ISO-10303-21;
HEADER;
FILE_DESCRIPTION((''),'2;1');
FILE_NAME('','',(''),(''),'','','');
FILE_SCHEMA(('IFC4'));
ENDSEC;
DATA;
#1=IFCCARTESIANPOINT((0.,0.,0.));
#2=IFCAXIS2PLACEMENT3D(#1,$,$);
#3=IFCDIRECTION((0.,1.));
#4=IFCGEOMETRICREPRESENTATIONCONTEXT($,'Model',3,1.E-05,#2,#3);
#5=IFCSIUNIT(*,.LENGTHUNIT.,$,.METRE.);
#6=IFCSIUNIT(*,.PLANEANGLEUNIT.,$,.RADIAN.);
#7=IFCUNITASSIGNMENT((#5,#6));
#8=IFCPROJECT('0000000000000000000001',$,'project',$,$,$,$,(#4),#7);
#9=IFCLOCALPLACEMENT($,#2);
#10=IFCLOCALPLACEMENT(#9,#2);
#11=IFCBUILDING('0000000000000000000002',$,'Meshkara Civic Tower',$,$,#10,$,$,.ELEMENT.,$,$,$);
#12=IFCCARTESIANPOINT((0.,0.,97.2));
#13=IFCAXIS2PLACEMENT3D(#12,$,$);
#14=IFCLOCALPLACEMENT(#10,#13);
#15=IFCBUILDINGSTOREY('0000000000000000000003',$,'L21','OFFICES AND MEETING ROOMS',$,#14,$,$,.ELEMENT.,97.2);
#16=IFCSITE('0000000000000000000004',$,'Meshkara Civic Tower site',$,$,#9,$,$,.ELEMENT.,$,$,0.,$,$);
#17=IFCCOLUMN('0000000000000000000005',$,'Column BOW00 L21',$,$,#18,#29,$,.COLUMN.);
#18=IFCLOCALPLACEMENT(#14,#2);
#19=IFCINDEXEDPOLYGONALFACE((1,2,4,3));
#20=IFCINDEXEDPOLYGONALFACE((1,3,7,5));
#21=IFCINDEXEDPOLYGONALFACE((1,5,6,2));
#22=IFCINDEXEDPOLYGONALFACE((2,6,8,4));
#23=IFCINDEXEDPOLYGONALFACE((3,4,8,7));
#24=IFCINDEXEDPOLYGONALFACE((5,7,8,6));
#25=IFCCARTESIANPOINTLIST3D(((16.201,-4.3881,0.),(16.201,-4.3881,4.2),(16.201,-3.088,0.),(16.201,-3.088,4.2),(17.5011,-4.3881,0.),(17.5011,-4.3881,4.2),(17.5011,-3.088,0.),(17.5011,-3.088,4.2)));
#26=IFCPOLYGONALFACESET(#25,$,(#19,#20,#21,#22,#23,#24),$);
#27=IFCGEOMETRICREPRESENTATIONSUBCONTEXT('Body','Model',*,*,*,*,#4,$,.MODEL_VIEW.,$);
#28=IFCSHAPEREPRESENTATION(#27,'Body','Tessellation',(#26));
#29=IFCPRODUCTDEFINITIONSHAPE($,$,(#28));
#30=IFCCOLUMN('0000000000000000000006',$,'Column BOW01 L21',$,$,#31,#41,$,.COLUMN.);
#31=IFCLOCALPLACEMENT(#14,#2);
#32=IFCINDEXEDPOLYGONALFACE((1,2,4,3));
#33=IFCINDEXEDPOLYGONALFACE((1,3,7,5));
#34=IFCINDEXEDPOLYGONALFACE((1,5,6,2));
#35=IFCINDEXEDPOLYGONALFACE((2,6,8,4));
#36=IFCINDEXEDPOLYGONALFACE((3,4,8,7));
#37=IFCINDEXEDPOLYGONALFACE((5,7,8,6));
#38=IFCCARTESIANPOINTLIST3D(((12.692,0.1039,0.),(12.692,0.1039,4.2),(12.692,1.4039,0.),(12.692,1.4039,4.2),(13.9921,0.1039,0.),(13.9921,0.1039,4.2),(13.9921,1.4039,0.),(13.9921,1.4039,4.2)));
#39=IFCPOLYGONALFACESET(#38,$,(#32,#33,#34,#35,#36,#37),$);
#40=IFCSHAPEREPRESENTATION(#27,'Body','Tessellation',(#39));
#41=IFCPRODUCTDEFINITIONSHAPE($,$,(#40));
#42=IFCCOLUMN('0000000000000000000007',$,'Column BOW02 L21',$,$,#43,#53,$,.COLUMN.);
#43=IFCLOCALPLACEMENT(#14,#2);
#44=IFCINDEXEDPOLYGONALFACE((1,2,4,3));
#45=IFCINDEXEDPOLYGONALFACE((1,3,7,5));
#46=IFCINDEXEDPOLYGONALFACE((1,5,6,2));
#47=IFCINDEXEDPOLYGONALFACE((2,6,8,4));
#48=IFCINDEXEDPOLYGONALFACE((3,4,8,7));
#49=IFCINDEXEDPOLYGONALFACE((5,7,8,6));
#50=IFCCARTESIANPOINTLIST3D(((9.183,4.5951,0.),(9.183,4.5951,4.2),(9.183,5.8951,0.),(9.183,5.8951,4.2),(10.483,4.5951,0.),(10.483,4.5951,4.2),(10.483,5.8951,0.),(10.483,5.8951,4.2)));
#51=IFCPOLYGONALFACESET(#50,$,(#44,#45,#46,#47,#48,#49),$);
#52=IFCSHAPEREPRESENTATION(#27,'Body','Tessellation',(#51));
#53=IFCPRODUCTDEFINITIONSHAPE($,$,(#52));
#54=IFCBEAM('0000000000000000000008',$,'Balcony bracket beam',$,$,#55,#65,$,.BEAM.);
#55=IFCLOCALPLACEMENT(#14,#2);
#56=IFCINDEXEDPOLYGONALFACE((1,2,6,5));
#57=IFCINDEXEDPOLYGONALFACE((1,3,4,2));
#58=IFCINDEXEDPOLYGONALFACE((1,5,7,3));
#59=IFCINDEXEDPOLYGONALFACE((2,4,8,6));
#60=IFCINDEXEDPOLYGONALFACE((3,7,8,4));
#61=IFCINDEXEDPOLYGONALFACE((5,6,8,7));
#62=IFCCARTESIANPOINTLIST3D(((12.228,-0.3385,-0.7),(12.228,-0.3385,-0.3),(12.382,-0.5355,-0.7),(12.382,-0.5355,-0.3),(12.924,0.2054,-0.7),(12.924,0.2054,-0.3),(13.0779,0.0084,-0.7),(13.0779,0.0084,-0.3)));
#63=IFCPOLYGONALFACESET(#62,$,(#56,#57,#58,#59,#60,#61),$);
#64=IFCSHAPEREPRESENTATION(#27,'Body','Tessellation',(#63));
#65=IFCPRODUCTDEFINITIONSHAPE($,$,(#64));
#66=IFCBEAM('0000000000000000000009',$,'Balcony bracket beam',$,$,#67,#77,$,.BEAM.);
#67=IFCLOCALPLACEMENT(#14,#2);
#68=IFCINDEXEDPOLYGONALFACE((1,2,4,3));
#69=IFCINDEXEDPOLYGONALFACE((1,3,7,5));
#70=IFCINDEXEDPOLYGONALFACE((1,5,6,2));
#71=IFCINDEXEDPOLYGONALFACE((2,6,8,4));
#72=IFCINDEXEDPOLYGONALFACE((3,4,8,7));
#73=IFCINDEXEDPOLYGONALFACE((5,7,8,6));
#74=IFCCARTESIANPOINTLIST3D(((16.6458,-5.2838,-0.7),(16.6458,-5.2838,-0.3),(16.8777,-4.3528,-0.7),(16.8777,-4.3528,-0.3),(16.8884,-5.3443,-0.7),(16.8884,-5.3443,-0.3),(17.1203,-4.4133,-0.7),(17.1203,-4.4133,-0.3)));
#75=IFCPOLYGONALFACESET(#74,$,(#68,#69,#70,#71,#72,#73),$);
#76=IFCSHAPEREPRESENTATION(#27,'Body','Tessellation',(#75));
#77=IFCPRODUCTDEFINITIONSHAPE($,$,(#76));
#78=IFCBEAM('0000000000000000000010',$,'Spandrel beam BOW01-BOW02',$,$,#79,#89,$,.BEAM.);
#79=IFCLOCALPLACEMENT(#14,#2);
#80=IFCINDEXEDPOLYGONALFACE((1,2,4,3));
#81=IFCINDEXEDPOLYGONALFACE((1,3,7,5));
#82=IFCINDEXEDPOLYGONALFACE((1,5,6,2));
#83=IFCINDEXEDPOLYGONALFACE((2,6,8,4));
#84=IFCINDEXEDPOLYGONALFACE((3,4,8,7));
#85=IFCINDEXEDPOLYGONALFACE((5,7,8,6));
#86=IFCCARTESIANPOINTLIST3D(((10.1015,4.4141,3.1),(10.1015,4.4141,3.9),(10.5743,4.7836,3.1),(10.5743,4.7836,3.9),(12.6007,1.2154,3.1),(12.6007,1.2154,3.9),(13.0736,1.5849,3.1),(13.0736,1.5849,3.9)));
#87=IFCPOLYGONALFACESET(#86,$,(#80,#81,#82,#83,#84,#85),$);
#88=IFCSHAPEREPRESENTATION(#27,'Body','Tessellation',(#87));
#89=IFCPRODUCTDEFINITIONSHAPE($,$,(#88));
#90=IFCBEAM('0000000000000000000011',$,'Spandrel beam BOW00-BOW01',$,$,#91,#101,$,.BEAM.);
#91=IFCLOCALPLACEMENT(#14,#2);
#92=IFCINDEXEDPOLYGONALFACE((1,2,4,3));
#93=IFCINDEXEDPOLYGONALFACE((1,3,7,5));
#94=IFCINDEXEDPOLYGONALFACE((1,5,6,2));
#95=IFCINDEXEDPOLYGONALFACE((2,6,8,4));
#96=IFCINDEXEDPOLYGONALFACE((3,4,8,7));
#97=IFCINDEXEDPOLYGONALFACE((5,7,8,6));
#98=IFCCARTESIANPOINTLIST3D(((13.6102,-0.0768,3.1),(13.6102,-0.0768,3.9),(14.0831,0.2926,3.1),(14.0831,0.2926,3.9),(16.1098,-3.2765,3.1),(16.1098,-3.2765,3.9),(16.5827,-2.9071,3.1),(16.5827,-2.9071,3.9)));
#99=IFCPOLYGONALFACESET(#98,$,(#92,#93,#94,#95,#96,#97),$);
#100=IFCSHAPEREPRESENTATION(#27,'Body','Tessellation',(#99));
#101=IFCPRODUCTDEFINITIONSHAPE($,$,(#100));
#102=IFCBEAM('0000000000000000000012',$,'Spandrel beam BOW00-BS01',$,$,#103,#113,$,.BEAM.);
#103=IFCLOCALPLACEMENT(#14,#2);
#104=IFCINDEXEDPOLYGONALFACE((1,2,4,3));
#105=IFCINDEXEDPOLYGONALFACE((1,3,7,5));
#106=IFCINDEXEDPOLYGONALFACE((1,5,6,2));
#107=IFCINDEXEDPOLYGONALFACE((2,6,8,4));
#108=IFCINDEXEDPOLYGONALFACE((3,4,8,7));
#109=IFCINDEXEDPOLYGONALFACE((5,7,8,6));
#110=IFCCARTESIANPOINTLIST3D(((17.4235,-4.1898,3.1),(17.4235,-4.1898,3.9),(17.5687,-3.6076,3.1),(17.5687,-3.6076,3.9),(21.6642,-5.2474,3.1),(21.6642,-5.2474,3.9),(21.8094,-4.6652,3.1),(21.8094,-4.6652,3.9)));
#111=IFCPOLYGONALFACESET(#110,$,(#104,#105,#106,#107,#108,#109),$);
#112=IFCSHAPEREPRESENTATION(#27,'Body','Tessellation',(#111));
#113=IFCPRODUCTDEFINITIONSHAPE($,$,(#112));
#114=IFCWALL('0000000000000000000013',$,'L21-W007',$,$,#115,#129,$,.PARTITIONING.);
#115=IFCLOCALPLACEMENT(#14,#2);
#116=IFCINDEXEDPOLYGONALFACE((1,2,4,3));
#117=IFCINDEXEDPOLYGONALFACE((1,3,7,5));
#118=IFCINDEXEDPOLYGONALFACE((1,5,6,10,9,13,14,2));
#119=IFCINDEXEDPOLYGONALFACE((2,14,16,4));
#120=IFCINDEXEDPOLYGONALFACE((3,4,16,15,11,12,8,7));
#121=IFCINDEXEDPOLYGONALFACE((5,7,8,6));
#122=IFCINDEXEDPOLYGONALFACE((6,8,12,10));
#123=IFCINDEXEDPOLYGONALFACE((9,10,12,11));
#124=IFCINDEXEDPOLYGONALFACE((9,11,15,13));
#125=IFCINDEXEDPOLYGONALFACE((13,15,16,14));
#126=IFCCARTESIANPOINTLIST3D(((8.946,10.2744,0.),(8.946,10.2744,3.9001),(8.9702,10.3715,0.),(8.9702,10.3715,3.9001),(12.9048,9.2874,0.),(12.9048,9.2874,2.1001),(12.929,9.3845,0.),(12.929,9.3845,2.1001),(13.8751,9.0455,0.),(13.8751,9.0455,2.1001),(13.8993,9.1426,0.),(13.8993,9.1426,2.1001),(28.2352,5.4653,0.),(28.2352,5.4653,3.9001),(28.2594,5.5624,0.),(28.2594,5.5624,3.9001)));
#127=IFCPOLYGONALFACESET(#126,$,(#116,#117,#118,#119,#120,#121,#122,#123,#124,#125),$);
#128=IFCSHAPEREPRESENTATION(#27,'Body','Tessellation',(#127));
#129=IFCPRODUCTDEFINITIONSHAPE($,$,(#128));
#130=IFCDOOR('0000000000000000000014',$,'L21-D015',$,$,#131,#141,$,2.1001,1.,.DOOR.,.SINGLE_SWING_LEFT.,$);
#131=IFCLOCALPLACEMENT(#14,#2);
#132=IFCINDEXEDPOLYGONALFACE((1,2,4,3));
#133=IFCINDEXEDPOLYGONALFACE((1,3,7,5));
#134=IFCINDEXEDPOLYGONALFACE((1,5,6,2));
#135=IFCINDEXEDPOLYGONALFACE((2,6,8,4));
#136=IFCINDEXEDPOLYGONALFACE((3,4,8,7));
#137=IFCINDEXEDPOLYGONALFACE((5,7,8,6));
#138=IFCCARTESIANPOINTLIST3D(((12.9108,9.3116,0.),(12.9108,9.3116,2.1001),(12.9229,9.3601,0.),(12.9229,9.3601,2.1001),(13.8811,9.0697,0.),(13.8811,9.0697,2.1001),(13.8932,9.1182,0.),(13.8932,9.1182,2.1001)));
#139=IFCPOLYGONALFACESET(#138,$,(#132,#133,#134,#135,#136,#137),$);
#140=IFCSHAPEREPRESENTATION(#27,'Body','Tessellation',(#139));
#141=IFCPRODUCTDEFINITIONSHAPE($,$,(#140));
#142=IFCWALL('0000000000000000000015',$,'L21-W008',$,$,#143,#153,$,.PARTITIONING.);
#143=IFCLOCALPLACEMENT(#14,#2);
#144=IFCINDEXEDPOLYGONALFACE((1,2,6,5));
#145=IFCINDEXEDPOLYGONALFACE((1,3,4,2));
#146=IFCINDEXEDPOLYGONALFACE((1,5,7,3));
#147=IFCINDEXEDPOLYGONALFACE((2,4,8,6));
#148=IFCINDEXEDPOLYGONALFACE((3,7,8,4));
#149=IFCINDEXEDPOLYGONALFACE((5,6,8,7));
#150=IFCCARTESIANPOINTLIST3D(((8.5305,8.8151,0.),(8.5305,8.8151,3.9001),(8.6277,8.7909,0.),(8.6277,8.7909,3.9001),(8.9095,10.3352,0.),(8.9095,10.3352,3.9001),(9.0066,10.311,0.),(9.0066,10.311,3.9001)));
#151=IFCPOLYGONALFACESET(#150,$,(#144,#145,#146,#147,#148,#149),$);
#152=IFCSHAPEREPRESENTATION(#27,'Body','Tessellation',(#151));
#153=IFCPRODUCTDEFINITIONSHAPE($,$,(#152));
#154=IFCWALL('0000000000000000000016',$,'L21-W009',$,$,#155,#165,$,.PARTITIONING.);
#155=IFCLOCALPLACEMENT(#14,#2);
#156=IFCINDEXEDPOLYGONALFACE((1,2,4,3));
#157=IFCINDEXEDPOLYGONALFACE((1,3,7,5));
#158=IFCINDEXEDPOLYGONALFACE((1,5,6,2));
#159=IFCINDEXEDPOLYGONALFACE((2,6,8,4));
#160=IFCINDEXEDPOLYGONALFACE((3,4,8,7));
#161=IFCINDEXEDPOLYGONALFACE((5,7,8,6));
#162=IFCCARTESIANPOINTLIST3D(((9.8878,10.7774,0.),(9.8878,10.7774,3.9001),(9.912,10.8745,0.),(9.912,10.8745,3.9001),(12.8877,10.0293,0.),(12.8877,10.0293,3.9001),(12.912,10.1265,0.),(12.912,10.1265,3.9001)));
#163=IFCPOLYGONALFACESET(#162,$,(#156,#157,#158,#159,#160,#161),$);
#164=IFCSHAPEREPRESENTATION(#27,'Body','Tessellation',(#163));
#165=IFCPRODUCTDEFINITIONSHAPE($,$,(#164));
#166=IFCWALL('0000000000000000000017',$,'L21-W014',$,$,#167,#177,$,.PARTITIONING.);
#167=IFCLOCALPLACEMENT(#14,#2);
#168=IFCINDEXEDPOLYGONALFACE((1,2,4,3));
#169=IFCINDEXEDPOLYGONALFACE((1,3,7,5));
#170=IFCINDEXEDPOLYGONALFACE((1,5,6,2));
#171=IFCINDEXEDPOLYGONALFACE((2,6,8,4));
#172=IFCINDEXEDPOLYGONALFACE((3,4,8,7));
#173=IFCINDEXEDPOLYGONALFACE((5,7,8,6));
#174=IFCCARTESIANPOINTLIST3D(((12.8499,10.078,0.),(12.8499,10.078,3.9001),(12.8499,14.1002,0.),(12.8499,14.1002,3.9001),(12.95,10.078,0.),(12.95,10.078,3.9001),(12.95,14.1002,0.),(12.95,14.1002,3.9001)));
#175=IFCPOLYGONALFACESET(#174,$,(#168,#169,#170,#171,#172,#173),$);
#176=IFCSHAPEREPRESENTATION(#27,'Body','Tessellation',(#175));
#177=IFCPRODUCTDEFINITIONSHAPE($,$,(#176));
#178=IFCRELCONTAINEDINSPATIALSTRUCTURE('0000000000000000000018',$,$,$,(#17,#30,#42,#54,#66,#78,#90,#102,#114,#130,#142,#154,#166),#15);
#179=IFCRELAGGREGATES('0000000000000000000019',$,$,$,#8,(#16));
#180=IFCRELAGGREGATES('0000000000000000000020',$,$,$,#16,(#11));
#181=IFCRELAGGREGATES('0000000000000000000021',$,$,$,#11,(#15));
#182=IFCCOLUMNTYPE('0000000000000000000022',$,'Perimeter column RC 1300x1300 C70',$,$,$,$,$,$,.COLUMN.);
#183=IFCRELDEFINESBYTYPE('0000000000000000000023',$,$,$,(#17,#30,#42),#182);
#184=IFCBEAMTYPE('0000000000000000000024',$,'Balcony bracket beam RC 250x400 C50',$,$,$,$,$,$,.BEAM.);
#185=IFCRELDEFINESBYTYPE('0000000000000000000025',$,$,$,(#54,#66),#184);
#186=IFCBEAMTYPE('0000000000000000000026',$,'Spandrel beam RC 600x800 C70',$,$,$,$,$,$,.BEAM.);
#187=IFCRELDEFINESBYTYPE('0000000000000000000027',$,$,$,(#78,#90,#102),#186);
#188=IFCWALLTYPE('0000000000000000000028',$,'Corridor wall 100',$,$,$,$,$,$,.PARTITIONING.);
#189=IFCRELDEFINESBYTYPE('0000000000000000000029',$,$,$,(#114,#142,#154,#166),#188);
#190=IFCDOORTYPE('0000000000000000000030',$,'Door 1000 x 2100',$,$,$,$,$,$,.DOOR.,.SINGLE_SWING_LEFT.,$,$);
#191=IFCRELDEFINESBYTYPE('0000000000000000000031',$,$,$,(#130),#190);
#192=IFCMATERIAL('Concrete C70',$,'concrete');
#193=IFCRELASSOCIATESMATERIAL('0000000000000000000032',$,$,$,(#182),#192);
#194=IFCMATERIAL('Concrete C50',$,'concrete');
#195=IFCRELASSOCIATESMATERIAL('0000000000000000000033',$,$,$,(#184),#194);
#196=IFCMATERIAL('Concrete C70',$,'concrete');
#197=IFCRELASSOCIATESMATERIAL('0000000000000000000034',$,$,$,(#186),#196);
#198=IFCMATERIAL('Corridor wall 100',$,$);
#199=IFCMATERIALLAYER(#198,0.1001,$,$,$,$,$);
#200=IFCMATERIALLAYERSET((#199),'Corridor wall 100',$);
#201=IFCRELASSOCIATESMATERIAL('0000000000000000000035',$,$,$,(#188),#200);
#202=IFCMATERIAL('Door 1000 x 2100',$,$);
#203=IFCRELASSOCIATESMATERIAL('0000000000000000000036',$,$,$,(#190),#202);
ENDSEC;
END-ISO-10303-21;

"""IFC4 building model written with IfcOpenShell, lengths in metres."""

from ifc_helpers import new_model, si_unit, direction, frame, frame_2d, origin, origin_2d, place, context, subcontext, project, spatial, rectangle, extrude, material, layer, layer_set, material_profile, profile_set, type_object, element, fill, save


model = new_model("IFC4")

# Units and contexts
model_context = context("Model", 3, precision=1e-05, world=origin(), true_north=direction((0.0, 1.0)))
body_context = subcontext(model_context, "Body", "Model", "MODEL_VIEW")
ifc_project = project(units=[si_unit("LENGTHUNIT", "METRE"), si_unit("PLANEANGLEUNIT", "RADIAN")], contexts=[model_context])

# Site, building, storey
site_placement = place(None, origin())
site = spatial("IfcSite", under=ifc_project, at=site_placement, Name="Meshkara Civic Tower site", CompositionType="ELEMENT", RefElevation=0.0)
building_placement = place(site_placement, origin())
building = spatial("IfcBuilding", under=site, at=building_placement, Name="Meshkara Civic Tower", CompositionType="ELEMENT")
storey_placement = place(building_placement, frame((0.0, 0.0, 97.2)))
storey = spatial("IfcBuildingStorey", under=building, at=storey_placement, Name="L21", Description="OFFICES AND MEETING ROOMS", CompositionType="ELEMENT", Elevation=97.2)

# Columns
ifc_material_1 = material(Name="Concrete C70", Category="concrete")
ifc_material_profile_1 = material_profile(ifc_material_1, rectangle(XDim=1.3, YDim=1.3, at=origin_2d()))
ifc_profile_set_1 = profile_set([ifc_material_profile_1], Name="Concrete C70")
column_type = type_object("IfcColumnType", Name="Perimeter column RC 1300x1300 C70", PredefinedType="COLUMN", material=ifc_profile_set_1)
for number, where, z_axis, x_axis, name in (
    (1, (16.8511, -3.738, 0.0), (0.0, 0.0, 1.0), (1.0, 0.0, 0.0), "Column BOW00 L21"),
    (2, (13.342, 0.7539, 0.0), (0.0, 0.0, 1.0), (1.0, 0.0, 0.0), "Column BOW01 L21"),
    (3, (9.833, 5.2451, 0.0), (0.0, 0.0, 1.0), (1.0, 0.0, 0.0), "Column BOW02 L21"),
):
    element("IfcColumn", number, at=place(storey_placement, frame(where, z_axis=z_axis, x_axis=x_axis)), inside=storey, type_object=column_type, Name=name, PredefinedType="COLUMN", context=body_context, shape_type="SweptSolid", body=[
        extrude(rectangle(XDim=1.3, YDim=1.3, at=origin_2d()), origin(), (0.0, 0.0, 1.0), 4.2),
    ])

# Beams
ifc_material_2 = material(Name="Concrete C50", Category="concrete")
ifc_material_profile_2 = material_profile(ifc_material_2, rectangle(XDim=0.25, YDim=0.3999, at=origin_2d()))
ifc_profile_set_2 = profile_set([ifc_material_profile_2], Name="Concrete C50")
beam_type_1 = type_object("IfcBeamType", Name="Balcony bracket beam RC 250x400 C50", PredefinedType="BEAM", material=ifc_profile_set_2)
beam_1_placement = place(storey_placement, frame((13.001, 0.1069, -0.5), z_axis=(-0.787936, -0.615757, 0.0), x_axis=(0.615757, -0.787936, 0.0)))
element("IfcBeam", 4, at=beam_1_placement, inside=storey, type_object=beam_type_1, Name="Balcony bracket beam", PredefinedType="BEAM", context=body_context, shape_type="SweptSolid", body=[
    extrude(rectangle(XDim=0.25, YDim=0.3999, at=origin_2d()), origin(), (0.0, 0.0, 1.0), 0.8833),
])
beam_2_placement = place(storey_placement, frame((16.999, -4.3831, -0.5), z_axis=(-0.241757, -0.970337, 0.0), x_axis=(0.970337, -0.241757, 0.0)))
element("IfcBeam", 5, at=beam_2_placement, inside=storey, type_object=beam_type_1, Name="Balcony bracket beam", PredefinedType="BEAM", context=body_context, shape_type="SweptSolid", body=[
    extrude(rectangle(XDim=0.25, YDim=0.3999, at=origin_2d()), origin(), (0.0, 0.0, 1.0), 0.9595),
])
ifc_material_3 = material(Name="Concrete C70", Category="concrete")
ifc_material_profile_3 = material_profile(ifc_material_3, rectangle(XDim=0.6001, YDim=0.8, at=origin_2d()))
ifc_profile_set_3 = profile_set([ifc_material_profile_3], Name="Concrete C70")
beam_type_2 = type_object("IfcBeamType", Name="Spandrel beam RC 600x800 C70", PredefinedType="BEAM", material=ifc_profile_set_3)
beam_3_placement = place(storey_placement, frame((10.3379, 4.5989, 3.5), z_axis=(0.615684, -0.787993, 0.0), x_axis=(0.787993, 0.615684, 0.0)))
element("IfcBeam", 6, at=beam_3_placement, inside=storey, type_object=beam_type_2, Name="Spandrel beam BOW01-BOW02", PredefinedType="BEAM", context=body_context, shape_type="SweptSolid", body=[
    extrude(rectangle(XDim=0.6001, YDim=0.8, at=origin_2d()), origin(), (0.0, 0.0, 1.0), 4.0593),
])
beam_4_placement = place(storey_placement, frame((13.8467, 0.1079, 3.5), z_axis=(0.615604, -0.788055, 0.0), x_axis=(0.788055, 0.615604, 0.0)))
element("IfcBeam", 7, at=beam_4_placement, inside=storey, type_object=beam_type_2, Name="Spandrel beam BOW00-BOW01", PredefinedType="BEAM", context=body_context, shape_type="SweptSolid", body=[
    extrude(rectangle(XDim=0.6001, YDim=0.8, at=origin_2d()), origin(), (0.0, 0.0, 1.0), 4.0603),
])
beam_5_placement = place(storey_placement, frame((17.4961, -3.8987, 3.5), z_axis=(0.97028, -0.241984, 0.0), x_axis=(0.241984, 0.97028, 0.0)))
element("IfcBeam", 8, at=beam_5_placement, inside=storey, type_object=beam_type_2, Name="Spandrel beam BOW00-BS01", PredefinedType="BEAM", context=body_context, shape_type="SweptSolid", body=[
    extrude(rectangle(XDim=0.6001, YDim=0.8, at=origin_2d()), origin(), (0.0, 0.0, 1.0), 4.3706),
])

# Wall, opening, door
ifc_material_4 = material(Name="Corridor wall 100")
ifc_layer_1 = layer(ifc_material_4, 0.1001)
ifc_layer_set_1 = layer_set([ifc_layer_1], Name="Corridor wall 100")
wall_type_1 = type_object("IfcWallType", Name="Corridor wall 100", PredefinedType="PARTITIONING", material=ifc_layer_set_1)
wall_1_placement = place(storey_placement, frame((8.958, 10.323, 0.0), z_axis=(0.0, 0.0, 1.0), x_axis=(0.970298, -0.241911, 0.0)))
wall_1 = element("IfcWall", 9, at=wall_1_placement, inside=storey, type_object=wall_type_1, Name="L21-W007", PredefinedType="PARTITIONING", context=body_context, shape_type="SweptSolid", body=[
    extrude(rectangle(XDim=19.8796, YDim=0.1001, at=frame_2d((9.9399, 0.0))), origin(), (0.0, 0.0, 1.0), 3.9001),
])
opening_1_placement = place(wall_1_placement, frame((4.0801, 0.0, 0.0)))
opening_1 = element("IfcOpeningElement", 10, at=opening_1_placement, cuts=wall_1, PredefinedType="OPENING", context=body_context, shape_type="SweptSolid", body=[
    extrude(rectangle(XDim=1.0, YDim=2.1001, at=frame_2d((0.5, 1.05))), frame((0.0, 0.0601, 0.0), z_axis=(0.0, -1.0, 0.0), x_axis=(1.0, 0.0, 0.0)), (0.0, 0.0, 1.0), 0.1201),
])
ifc_material_5 = material(Name="Door 1000 x 2100")
door_type_1 = type_object("IfcDoorType", Name="Door 1000 x 2100", OperationType="SINGLE_SWING_LEFT", PredefinedType="DOOR", material=ifc_material_5)
door_1_placement = place(opening_1_placement, origin())
door_1 = element("IfcDoor", 11, at=door_1_placement, inside=storey, type_object=door_type_1, Name="L21-D015", OperationType="SINGLE_SWING_LEFT", OverallHeight=2.1001, OverallWidth=1.0, PredefinedType="DOOR", context=body_context, shape_type="SweptSolid", body=[
    extrude(rectangle(XDim=1.0, YDim=2.1001, at=frame_2d((0.5, 1.05))), frame((0.0, 0.0249, 0.0), z_axis=(0.0, -1.0, 0.0), x_axis=(1.0, 0.0, 0.0)), (0.0, 0.0, 1.0), 0.05),
])
fill(opening_1, door_1)

# Walls
wall_2_placement = place(storey_placement, frame((8.958, 10.323, 0.0), z_axis=(0.0, 0.0, 1.0), x_axis=(-0.241876, -0.970307, 0.0)))
element("IfcWall", 12, at=wall_2_placement, inside=storey, type_object=wall_type_1, Name="L21-W008", PredefinedType="PARTITIONING", context=body_context, shape_type="SweptSolid", body=[
    extrude(rectangle(XDim=1.5667, YDim=0.1001, at=frame_2d((0.7832, 0.0))), origin(), (0.0, 0.0, 1.0), 3.9001),
])
wall_3_placement = place(storey_placement, frame((9.8999, 10.8259, 0.0), z_axis=(0.0, 0.0, 1.0), x_axis=(0.970291, -0.241941, 0.0)))
element("IfcWall", 13, at=wall_3_placement, inside=storey, type_object=wall_type_1, Name="L21-W009", PredefinedType="PARTITIONING", context=body_context, shape_type="SweptSolid", body=[
    extrude(rectangle(XDim=3.0918, YDim=0.1001, at=frame_2d((1.5459, 0.0))), origin(), (0.0, 0.0, 1.0), 3.9001),
])
wall_4_placement = place(storey_placement, frame((12.8999, 10.0779, 0.0), z_axis=(0.0, 0.0, 1.0), x_axis=(0.0, 1.0, 0.0)))
element("IfcWall", 14, at=wall_4_placement, inside=storey, type_object=wall_type_1, Name="L21-W014", PredefinedType="PARTITIONING", context=body_context, shape_type="SweptSolid", body=[
    extrude(rectangle(XDim=4.0222, YDim=0.1001, at=frame_2d((2.0112, 0.0))), origin(), (0.0, 0.0, 1.0), 3.9001),
])

save(model, "model.ifc")
